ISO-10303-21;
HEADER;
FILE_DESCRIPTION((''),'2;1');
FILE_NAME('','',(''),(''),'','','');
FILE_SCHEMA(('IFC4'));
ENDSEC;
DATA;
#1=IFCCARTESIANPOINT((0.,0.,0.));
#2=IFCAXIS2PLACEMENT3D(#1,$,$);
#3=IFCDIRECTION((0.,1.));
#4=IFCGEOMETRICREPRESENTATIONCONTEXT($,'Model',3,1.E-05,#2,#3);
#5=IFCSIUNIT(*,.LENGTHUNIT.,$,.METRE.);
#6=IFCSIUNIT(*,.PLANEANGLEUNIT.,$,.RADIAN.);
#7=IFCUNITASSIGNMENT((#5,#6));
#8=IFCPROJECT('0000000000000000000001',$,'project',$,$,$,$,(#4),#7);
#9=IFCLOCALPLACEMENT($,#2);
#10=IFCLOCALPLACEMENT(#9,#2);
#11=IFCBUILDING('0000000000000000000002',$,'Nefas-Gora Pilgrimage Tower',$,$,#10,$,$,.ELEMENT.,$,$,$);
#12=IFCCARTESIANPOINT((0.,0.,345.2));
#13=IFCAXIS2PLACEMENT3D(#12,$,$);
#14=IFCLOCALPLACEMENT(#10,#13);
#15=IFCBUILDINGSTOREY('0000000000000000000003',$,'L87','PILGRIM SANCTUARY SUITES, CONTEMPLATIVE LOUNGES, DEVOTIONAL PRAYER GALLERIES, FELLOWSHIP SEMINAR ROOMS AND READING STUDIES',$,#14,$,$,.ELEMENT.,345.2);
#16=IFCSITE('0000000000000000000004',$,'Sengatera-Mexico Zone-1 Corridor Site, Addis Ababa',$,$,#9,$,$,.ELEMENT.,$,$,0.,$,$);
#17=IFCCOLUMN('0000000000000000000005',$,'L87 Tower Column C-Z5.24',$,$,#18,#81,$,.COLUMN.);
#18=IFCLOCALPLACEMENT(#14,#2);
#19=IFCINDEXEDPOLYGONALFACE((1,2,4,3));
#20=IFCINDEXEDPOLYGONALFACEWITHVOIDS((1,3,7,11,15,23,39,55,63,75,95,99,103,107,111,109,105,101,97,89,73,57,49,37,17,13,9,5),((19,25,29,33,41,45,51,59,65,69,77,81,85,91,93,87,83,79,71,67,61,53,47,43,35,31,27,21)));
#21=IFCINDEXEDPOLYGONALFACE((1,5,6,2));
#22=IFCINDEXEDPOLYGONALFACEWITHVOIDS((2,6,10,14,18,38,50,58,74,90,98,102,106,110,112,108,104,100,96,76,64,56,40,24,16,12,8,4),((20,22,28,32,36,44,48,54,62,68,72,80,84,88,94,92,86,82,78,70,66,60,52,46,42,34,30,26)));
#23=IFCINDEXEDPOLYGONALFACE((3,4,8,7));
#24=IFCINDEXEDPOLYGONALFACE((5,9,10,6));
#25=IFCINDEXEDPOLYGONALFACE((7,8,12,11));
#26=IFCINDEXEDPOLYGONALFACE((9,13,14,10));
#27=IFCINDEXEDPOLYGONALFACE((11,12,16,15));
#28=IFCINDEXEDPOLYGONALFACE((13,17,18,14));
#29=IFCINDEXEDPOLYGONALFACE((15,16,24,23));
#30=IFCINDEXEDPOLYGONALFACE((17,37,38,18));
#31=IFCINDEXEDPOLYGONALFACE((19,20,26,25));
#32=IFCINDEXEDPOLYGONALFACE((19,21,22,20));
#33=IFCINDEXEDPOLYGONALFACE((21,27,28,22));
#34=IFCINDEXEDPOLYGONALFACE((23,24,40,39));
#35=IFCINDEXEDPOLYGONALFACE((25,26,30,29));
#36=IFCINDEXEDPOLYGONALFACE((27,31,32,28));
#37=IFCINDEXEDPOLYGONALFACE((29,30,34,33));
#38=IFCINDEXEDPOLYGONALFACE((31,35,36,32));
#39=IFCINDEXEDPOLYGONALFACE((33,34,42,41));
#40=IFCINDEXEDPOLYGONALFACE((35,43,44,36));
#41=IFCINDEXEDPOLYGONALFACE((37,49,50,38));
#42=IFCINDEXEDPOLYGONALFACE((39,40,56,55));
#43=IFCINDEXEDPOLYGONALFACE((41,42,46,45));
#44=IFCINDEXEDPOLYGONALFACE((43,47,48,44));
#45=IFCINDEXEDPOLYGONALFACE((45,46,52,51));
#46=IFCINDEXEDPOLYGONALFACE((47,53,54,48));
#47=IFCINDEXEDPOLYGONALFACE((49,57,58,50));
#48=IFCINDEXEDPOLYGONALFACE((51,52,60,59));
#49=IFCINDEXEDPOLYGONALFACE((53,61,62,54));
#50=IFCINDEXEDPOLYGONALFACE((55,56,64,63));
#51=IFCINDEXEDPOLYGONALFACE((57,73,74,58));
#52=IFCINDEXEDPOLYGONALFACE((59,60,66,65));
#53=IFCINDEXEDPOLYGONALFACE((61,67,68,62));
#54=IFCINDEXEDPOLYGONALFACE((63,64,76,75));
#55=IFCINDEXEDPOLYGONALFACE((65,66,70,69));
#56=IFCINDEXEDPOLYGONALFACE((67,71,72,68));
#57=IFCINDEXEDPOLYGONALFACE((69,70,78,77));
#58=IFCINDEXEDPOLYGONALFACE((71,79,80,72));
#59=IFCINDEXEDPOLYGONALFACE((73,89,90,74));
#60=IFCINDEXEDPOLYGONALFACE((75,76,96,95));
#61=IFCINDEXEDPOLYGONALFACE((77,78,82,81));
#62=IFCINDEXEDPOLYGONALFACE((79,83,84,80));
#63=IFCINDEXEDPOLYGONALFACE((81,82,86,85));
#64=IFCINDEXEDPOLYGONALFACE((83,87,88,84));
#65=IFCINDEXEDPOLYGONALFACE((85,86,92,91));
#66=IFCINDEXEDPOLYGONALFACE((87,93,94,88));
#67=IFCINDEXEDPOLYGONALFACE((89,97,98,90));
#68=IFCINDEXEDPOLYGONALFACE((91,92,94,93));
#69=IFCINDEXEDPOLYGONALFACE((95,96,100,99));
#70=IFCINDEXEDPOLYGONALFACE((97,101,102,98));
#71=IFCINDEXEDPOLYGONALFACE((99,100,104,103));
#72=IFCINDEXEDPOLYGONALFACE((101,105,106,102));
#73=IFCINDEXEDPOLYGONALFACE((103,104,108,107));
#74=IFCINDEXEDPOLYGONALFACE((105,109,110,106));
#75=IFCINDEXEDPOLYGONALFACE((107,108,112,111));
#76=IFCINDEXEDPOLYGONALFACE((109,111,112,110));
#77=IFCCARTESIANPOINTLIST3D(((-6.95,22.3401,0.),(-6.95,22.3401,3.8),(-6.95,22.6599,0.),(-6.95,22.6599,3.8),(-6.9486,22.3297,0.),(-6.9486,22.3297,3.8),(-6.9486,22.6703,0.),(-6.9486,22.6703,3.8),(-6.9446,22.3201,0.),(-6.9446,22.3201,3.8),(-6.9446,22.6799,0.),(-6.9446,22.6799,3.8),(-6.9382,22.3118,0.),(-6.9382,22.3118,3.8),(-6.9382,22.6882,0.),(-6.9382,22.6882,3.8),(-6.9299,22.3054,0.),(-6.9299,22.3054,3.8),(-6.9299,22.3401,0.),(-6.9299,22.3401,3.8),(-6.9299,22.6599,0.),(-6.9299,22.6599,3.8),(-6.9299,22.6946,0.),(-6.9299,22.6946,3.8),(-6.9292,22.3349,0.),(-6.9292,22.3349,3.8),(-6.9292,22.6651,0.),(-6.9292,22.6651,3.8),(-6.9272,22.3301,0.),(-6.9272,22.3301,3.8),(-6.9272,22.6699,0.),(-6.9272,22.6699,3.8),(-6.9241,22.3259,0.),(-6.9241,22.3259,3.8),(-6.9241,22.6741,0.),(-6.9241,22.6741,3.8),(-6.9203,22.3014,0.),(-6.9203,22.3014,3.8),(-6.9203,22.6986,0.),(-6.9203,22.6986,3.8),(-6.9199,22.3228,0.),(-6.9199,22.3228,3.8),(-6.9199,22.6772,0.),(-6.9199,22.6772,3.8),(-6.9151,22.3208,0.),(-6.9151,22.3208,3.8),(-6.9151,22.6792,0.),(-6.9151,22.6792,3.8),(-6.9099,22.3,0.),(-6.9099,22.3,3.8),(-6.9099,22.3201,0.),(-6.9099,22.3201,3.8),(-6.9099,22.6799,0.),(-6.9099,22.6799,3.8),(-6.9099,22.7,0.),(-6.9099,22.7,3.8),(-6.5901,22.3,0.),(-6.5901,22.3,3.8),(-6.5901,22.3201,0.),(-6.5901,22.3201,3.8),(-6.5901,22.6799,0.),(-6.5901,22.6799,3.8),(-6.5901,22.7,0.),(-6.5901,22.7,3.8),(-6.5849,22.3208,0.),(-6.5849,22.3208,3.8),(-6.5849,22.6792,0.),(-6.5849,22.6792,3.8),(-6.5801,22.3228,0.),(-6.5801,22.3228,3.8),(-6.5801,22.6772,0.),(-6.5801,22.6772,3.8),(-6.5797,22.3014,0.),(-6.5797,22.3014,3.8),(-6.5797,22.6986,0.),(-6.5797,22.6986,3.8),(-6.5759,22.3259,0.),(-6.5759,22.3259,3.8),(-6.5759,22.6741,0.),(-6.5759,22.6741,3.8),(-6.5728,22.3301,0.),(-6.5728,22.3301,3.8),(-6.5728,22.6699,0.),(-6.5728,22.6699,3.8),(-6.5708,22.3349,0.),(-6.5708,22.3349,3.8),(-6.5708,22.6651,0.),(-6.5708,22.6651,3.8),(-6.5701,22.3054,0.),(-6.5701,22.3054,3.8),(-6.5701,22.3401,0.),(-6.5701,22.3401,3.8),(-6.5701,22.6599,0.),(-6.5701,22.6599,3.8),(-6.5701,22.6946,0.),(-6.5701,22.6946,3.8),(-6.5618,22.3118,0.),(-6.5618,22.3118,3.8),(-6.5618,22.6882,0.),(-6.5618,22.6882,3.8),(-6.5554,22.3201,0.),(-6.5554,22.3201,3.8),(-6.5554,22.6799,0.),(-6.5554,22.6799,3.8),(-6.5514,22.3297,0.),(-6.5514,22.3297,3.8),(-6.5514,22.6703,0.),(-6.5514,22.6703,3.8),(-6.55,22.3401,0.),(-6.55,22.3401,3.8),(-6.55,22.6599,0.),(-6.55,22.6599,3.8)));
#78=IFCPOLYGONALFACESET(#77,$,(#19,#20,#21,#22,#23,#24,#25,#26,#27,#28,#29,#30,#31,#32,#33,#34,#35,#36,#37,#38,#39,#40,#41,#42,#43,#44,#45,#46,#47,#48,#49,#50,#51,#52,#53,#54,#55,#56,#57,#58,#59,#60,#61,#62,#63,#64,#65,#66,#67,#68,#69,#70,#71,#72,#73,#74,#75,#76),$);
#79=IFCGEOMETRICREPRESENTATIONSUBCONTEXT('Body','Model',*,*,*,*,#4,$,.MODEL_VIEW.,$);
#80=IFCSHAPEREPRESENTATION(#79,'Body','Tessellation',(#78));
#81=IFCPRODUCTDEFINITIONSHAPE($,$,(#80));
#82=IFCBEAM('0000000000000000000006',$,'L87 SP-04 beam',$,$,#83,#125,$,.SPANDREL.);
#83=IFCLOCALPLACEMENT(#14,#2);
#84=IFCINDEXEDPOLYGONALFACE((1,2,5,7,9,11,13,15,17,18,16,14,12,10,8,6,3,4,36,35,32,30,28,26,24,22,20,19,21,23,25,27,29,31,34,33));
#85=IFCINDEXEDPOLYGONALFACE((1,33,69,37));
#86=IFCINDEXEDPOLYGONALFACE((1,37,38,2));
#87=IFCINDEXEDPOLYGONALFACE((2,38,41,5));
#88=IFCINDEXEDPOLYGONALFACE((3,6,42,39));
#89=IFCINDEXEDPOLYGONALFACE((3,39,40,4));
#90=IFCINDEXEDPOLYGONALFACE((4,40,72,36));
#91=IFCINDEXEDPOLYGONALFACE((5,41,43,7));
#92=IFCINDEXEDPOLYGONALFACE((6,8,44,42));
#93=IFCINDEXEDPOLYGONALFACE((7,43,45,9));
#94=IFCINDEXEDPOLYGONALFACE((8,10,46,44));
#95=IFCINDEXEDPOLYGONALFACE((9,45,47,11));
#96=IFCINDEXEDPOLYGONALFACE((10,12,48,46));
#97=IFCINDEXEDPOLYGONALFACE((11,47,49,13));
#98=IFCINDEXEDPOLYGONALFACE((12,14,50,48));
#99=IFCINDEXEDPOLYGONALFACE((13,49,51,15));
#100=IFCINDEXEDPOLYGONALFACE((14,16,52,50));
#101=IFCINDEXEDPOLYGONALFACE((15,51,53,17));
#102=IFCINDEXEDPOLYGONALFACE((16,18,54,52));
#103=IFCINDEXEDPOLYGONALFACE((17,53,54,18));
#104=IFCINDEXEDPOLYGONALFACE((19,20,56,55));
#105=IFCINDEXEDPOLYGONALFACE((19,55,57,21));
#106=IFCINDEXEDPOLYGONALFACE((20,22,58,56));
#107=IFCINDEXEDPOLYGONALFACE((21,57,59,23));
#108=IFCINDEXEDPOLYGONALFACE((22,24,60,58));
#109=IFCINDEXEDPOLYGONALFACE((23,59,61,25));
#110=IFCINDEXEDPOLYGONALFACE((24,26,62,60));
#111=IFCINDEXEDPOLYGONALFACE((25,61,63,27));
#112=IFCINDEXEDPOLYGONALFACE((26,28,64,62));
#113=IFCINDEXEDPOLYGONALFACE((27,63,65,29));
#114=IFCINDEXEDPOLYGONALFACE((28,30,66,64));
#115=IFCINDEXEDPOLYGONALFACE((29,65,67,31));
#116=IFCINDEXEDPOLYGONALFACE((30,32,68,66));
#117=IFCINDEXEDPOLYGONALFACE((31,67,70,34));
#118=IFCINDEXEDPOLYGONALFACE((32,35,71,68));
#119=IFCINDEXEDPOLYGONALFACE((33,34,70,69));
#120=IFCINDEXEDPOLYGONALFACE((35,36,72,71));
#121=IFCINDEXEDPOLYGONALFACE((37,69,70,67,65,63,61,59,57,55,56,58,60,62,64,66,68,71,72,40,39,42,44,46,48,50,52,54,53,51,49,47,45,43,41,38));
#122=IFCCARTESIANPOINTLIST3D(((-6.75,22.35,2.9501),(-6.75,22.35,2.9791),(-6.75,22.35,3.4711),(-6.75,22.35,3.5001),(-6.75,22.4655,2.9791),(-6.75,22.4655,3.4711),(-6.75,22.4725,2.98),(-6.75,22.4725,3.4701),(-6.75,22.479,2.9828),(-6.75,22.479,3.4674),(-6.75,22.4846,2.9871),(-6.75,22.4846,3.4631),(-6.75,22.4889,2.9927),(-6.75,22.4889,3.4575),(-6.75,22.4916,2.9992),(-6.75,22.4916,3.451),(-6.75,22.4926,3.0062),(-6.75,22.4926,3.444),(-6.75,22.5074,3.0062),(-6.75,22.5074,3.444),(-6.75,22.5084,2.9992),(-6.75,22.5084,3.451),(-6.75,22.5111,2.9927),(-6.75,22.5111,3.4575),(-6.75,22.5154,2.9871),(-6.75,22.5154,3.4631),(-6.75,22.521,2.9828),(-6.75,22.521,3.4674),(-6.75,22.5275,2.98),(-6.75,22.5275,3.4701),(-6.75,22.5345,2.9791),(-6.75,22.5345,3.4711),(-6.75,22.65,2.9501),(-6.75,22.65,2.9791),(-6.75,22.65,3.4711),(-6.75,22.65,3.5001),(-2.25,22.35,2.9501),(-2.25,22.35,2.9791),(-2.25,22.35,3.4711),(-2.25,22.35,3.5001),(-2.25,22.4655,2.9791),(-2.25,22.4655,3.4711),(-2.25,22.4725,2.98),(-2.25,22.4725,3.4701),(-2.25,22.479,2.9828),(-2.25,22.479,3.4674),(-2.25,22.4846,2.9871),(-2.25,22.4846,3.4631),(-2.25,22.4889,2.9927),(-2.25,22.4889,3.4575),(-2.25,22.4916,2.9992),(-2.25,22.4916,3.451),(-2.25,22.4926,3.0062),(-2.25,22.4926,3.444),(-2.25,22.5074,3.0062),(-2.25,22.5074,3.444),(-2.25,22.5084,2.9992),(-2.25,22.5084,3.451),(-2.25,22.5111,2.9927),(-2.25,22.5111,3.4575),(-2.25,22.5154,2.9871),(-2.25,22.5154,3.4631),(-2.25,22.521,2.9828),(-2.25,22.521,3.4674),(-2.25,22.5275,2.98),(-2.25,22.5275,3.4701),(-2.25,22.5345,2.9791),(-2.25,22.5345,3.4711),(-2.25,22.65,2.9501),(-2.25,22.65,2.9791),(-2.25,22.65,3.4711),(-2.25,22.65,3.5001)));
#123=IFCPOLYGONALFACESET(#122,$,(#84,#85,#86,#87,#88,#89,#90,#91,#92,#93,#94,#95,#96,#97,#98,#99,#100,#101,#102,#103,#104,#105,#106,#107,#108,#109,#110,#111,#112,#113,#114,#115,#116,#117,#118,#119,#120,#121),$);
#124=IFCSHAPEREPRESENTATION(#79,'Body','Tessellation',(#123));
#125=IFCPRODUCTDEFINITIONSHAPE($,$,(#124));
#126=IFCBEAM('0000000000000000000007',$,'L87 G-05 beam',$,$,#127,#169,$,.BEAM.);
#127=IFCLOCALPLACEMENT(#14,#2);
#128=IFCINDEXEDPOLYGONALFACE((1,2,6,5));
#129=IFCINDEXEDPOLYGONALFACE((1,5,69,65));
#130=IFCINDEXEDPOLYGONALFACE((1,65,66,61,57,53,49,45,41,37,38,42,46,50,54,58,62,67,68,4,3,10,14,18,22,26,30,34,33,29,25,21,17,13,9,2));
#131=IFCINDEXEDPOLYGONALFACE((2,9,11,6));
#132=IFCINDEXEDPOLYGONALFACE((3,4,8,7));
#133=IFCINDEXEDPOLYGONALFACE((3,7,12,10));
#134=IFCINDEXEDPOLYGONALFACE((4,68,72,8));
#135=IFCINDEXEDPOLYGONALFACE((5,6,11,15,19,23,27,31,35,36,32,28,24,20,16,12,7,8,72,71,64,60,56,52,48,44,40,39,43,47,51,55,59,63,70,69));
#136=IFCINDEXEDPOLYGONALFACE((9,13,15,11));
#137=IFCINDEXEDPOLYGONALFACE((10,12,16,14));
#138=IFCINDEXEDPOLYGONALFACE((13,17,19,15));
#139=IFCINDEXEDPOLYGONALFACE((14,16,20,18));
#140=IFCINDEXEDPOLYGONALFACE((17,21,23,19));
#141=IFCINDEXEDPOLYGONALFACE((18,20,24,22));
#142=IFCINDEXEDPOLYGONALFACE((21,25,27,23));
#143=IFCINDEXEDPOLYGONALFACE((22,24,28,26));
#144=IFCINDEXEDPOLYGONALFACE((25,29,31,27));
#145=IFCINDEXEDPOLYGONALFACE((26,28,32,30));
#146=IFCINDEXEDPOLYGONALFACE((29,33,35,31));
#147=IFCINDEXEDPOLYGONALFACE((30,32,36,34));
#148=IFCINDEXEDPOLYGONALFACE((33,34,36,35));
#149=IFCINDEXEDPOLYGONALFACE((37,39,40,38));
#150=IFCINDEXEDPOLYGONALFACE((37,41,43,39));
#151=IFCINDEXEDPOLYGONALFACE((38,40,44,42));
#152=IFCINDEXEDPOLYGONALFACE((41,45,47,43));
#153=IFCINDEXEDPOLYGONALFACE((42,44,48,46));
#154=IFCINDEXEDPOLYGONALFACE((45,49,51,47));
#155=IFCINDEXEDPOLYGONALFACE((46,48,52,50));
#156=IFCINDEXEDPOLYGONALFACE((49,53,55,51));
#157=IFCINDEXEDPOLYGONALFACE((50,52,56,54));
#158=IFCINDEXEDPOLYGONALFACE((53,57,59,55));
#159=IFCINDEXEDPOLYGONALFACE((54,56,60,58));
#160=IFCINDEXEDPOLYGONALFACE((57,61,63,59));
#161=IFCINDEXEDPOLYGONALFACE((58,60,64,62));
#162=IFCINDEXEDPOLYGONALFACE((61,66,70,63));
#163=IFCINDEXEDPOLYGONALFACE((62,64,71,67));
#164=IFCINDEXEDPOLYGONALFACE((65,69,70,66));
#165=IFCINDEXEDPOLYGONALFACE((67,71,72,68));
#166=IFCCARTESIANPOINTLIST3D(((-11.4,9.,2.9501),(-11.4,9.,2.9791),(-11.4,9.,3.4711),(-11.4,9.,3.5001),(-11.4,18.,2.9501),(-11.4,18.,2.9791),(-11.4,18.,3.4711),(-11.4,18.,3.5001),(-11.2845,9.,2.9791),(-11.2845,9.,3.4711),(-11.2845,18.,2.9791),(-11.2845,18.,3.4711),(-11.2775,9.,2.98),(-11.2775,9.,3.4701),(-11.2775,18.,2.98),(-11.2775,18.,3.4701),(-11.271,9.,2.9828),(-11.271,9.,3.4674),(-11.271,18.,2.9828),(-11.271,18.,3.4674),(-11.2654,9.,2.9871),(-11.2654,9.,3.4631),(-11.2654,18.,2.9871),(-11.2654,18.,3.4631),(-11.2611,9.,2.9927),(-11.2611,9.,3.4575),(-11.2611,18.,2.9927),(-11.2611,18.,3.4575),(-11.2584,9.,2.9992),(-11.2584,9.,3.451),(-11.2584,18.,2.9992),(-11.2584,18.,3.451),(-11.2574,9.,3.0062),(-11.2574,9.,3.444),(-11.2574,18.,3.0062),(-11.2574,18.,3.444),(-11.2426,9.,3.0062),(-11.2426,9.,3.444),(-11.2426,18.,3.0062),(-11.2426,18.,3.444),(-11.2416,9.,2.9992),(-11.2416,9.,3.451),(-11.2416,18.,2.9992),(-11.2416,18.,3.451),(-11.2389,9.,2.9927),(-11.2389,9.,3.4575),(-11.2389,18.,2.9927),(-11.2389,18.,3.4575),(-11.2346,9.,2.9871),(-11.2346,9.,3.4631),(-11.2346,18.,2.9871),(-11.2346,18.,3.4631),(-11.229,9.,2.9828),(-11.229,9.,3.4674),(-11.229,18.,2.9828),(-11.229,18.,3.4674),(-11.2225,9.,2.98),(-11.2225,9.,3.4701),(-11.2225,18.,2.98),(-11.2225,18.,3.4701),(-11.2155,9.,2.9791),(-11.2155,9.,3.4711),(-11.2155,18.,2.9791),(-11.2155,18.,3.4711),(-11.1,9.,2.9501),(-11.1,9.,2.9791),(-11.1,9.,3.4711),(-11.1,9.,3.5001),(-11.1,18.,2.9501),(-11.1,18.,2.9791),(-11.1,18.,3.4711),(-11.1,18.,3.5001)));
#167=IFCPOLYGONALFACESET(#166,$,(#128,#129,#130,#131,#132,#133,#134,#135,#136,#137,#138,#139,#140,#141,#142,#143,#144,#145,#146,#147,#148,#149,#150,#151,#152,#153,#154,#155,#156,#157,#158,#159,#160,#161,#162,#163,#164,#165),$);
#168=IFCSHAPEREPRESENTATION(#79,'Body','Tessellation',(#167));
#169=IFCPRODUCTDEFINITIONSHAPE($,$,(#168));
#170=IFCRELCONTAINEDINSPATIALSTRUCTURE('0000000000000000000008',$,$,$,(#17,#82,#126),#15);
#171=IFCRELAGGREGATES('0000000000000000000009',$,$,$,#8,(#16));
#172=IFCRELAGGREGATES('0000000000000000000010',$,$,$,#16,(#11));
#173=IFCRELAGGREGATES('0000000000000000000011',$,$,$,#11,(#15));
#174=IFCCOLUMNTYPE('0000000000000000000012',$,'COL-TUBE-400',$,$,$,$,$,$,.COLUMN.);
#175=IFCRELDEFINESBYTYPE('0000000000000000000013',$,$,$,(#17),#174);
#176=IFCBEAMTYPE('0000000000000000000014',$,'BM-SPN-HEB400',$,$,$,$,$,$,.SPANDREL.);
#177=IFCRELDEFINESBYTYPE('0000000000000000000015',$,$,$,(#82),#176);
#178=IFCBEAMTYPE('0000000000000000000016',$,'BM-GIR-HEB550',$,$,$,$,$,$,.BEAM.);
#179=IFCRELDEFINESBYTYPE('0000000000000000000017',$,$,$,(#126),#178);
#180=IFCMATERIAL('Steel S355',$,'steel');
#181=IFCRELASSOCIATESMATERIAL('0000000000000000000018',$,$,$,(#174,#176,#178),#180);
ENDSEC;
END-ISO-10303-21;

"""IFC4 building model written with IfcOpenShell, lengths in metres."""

from ifc_helpers import new_model, si_unit, direction, frame, origin, origin_2d, place, context, subcontext, project, spatial, hollow_rectangle, i_section, extrude, source, transform, mapped, material, material_profile, profile_set, type_object, element, save


model = new_model("IFC4")

# Units and contexts
model_context = context("Model", 3, precision=1e-05, world=origin(), true_north=direction((0.0, 1.0)))
body_context = subcontext(model_context, "Body", "Model", "MODEL_VIEW")
ifc_project = project(units=[si_unit("LENGTHUNIT", "METRE"), si_unit("PLANEANGLEUNIT", "RADIAN")], contexts=[model_context])

# Site, building, storey
site_placement = place(None, origin())
site = spatial("IfcSite", under=ifc_project, at=site_placement, Name="Sengatera-Mexico Zone-1 Corridor Site, Addis Ababa", CompositionType="ELEMENT", RefElevation=0.0)
building_placement = place(site_placement, origin())
building = spatial("IfcBuilding", under=site, at=building_placement, Name="Nefas-Gora Pilgrimage Tower", CompositionType="ELEMENT")
storey_placement = place(building_placement, frame((0.0, 0.0, 345.2)))
storey = spatial("IfcBuildingStorey", under=building, at=storey_placement, Name="L87", Description="PILGRIM SANCTUARY SUITES, CONTEMPLATIVE LOUNGES, DEVOTIONAL PRAYER GALLERIES, FELLOWSHIP SEMINAR ROOMS AND READING STUDIES", CompositionType="ELEMENT", Elevation=345.2)

# Column
ifc_material_1 = material(Name="Steel S355", Category="steel")
ifc_material_profile_1 = material_profile(ifc_material_1, hollow_rectangle(XDim=0.3999, YDim=0.3999, WallThickness=0.02, InnerFilletRadius=0.02, OuterFilletRadius=0.04, at=origin_2d()), Name="SHS 400x400x20")
ifc_profile_set_1 = profile_set([ifc_material_profile_1], Name="Steel S355")
column_type_1 = type_object("IfcColumnType", Name="COL-TUBE-400", PredefinedType="COLUMN", material=ifc_profile_set_1)
shared_shape_1 = source(origin(), body_context, "Body", "SweptSolid", [
    extrude(hollow_rectangle(XDim=0.3999, YDim=0.3999, WallThickness=0.02, InnerFilletRadius=0.02, OuterFilletRadius=0.04, at=origin_2d()), origin(), (0.0, 0.0, 1.0), 3.8),
])
column_placement = place(storey_placement, frame((-6.75, 22.5, 0.0), z_axis=(0.0, 0.0, 1.0), x_axis=(1.0, 0.0, 0.0)))
element("IfcColumn", 1, at=column_placement, inside=storey, type_object=column_type_1, Name="L87 Tower Column C-Z5.24", PredefinedType="COLUMN", context=body_context, shape_type="MappedRepresentation", body=[
    mapped(shared_shape_1, transform((0.0, 0.0, 0.0), x_axis=(1.0, 0.0, 0.0), y_axis=(0.0, 1.0, 0.0), z_axis=(0.0, 0.0, 1.0), scale=1.0)),
])

# Beams
ifc_material_profile_2 = material_profile(ifc_material_1, i_section(OverallWidth=0.3, OverallDepth=0.55, WebThickness=0.0149, FlangeThickness=0.0291, FilletRadius=0.0271, at=origin_2d()), Name="HEB 550")
ifc_profile_set_2 = profile_set([ifc_material_profile_2], Name="Steel S355")
beam_type_1 = type_object("IfcBeamType", Name="BM-SPN-HEB400", PredefinedType="SPANDREL", material=ifc_profile_set_2)
shared_shape_2 = source(origin(), body_context, "Body", "SweptSolid", [
    extrude(i_section(OverallWidth=0.3, OverallDepth=0.55, WebThickness=0.0149, FlangeThickness=0.0291, FilletRadius=0.0271, at=origin_2d()), origin(), (0.0, 0.0, 1.0), 4.5),
])
beam_1_placement = place(storey_placement, frame((-6.75, 22.5, 3.2251), z_axis=(1.0, 0.0, 0.0), x_axis=(0.0, 1.0, 0.0)))
element("IfcBeam", 2, at=beam_1_placement, inside=storey, type_object=beam_type_1, Name="L87 SP-04 beam", PredefinedType="SPANDREL", context=body_context, shape_type="MappedRepresentation", body=[
    mapped(shared_shape_2, transform((0.0, 0.0, 0.0), x_axis=(1.0, 0.0, 0.0), y_axis=(0.0, 1.0, 0.0), z_axis=(0.0, 0.0, 1.0), scale=1.0)),
])
ifc_material_profile_3 = material_profile(ifc_material_1, i_section(OverallWidth=0.3, OverallDepth=0.55, WebThickness=0.0149, FlangeThickness=0.0291, FilletRadius=0.0271, at=origin_2d()), Name="HEB 550")
ifc_profile_set_3 = profile_set([ifc_material_profile_3], Name="Steel S355")
beam_type_2 = type_object("IfcBeamType", Name="BM-GIR-HEB550", PredefinedType="BEAM", material=ifc_profile_set_3)
shared_shape_3 = source(origin(), body_context, "Body", "SweptSolid", [
    extrude(i_section(OverallWidth=0.3, OverallDepth=0.55, WebThickness=0.0149, FlangeThickness=0.0291, FilletRadius=0.0271, at=origin_2d()), origin(), (0.0, 0.0, 1.0), 9.0),
])
beam_2_placement = place(storey_placement, frame((-11.25, 9.0, 3.2251), z_axis=(0.0, 1.0, 0.0), x_axis=(-1.0, 0.0, 0.0)))
element("IfcBeam", 3, at=beam_2_placement, inside=storey, type_object=beam_type_2, Name="L87 G-05 beam", PredefinedType="BEAM", context=body_context, shape_type="MappedRepresentation", body=[
    mapped(shared_shape_3, transform((0.0, 0.0, 0.0), x_axis=(1.0, 0.0, 0.0), y_axis=(0.0, 1.0, 0.0), z_axis=(0.0, 0.0, 1.0), scale=1.0)),
])

save(model, "model.ifc")
